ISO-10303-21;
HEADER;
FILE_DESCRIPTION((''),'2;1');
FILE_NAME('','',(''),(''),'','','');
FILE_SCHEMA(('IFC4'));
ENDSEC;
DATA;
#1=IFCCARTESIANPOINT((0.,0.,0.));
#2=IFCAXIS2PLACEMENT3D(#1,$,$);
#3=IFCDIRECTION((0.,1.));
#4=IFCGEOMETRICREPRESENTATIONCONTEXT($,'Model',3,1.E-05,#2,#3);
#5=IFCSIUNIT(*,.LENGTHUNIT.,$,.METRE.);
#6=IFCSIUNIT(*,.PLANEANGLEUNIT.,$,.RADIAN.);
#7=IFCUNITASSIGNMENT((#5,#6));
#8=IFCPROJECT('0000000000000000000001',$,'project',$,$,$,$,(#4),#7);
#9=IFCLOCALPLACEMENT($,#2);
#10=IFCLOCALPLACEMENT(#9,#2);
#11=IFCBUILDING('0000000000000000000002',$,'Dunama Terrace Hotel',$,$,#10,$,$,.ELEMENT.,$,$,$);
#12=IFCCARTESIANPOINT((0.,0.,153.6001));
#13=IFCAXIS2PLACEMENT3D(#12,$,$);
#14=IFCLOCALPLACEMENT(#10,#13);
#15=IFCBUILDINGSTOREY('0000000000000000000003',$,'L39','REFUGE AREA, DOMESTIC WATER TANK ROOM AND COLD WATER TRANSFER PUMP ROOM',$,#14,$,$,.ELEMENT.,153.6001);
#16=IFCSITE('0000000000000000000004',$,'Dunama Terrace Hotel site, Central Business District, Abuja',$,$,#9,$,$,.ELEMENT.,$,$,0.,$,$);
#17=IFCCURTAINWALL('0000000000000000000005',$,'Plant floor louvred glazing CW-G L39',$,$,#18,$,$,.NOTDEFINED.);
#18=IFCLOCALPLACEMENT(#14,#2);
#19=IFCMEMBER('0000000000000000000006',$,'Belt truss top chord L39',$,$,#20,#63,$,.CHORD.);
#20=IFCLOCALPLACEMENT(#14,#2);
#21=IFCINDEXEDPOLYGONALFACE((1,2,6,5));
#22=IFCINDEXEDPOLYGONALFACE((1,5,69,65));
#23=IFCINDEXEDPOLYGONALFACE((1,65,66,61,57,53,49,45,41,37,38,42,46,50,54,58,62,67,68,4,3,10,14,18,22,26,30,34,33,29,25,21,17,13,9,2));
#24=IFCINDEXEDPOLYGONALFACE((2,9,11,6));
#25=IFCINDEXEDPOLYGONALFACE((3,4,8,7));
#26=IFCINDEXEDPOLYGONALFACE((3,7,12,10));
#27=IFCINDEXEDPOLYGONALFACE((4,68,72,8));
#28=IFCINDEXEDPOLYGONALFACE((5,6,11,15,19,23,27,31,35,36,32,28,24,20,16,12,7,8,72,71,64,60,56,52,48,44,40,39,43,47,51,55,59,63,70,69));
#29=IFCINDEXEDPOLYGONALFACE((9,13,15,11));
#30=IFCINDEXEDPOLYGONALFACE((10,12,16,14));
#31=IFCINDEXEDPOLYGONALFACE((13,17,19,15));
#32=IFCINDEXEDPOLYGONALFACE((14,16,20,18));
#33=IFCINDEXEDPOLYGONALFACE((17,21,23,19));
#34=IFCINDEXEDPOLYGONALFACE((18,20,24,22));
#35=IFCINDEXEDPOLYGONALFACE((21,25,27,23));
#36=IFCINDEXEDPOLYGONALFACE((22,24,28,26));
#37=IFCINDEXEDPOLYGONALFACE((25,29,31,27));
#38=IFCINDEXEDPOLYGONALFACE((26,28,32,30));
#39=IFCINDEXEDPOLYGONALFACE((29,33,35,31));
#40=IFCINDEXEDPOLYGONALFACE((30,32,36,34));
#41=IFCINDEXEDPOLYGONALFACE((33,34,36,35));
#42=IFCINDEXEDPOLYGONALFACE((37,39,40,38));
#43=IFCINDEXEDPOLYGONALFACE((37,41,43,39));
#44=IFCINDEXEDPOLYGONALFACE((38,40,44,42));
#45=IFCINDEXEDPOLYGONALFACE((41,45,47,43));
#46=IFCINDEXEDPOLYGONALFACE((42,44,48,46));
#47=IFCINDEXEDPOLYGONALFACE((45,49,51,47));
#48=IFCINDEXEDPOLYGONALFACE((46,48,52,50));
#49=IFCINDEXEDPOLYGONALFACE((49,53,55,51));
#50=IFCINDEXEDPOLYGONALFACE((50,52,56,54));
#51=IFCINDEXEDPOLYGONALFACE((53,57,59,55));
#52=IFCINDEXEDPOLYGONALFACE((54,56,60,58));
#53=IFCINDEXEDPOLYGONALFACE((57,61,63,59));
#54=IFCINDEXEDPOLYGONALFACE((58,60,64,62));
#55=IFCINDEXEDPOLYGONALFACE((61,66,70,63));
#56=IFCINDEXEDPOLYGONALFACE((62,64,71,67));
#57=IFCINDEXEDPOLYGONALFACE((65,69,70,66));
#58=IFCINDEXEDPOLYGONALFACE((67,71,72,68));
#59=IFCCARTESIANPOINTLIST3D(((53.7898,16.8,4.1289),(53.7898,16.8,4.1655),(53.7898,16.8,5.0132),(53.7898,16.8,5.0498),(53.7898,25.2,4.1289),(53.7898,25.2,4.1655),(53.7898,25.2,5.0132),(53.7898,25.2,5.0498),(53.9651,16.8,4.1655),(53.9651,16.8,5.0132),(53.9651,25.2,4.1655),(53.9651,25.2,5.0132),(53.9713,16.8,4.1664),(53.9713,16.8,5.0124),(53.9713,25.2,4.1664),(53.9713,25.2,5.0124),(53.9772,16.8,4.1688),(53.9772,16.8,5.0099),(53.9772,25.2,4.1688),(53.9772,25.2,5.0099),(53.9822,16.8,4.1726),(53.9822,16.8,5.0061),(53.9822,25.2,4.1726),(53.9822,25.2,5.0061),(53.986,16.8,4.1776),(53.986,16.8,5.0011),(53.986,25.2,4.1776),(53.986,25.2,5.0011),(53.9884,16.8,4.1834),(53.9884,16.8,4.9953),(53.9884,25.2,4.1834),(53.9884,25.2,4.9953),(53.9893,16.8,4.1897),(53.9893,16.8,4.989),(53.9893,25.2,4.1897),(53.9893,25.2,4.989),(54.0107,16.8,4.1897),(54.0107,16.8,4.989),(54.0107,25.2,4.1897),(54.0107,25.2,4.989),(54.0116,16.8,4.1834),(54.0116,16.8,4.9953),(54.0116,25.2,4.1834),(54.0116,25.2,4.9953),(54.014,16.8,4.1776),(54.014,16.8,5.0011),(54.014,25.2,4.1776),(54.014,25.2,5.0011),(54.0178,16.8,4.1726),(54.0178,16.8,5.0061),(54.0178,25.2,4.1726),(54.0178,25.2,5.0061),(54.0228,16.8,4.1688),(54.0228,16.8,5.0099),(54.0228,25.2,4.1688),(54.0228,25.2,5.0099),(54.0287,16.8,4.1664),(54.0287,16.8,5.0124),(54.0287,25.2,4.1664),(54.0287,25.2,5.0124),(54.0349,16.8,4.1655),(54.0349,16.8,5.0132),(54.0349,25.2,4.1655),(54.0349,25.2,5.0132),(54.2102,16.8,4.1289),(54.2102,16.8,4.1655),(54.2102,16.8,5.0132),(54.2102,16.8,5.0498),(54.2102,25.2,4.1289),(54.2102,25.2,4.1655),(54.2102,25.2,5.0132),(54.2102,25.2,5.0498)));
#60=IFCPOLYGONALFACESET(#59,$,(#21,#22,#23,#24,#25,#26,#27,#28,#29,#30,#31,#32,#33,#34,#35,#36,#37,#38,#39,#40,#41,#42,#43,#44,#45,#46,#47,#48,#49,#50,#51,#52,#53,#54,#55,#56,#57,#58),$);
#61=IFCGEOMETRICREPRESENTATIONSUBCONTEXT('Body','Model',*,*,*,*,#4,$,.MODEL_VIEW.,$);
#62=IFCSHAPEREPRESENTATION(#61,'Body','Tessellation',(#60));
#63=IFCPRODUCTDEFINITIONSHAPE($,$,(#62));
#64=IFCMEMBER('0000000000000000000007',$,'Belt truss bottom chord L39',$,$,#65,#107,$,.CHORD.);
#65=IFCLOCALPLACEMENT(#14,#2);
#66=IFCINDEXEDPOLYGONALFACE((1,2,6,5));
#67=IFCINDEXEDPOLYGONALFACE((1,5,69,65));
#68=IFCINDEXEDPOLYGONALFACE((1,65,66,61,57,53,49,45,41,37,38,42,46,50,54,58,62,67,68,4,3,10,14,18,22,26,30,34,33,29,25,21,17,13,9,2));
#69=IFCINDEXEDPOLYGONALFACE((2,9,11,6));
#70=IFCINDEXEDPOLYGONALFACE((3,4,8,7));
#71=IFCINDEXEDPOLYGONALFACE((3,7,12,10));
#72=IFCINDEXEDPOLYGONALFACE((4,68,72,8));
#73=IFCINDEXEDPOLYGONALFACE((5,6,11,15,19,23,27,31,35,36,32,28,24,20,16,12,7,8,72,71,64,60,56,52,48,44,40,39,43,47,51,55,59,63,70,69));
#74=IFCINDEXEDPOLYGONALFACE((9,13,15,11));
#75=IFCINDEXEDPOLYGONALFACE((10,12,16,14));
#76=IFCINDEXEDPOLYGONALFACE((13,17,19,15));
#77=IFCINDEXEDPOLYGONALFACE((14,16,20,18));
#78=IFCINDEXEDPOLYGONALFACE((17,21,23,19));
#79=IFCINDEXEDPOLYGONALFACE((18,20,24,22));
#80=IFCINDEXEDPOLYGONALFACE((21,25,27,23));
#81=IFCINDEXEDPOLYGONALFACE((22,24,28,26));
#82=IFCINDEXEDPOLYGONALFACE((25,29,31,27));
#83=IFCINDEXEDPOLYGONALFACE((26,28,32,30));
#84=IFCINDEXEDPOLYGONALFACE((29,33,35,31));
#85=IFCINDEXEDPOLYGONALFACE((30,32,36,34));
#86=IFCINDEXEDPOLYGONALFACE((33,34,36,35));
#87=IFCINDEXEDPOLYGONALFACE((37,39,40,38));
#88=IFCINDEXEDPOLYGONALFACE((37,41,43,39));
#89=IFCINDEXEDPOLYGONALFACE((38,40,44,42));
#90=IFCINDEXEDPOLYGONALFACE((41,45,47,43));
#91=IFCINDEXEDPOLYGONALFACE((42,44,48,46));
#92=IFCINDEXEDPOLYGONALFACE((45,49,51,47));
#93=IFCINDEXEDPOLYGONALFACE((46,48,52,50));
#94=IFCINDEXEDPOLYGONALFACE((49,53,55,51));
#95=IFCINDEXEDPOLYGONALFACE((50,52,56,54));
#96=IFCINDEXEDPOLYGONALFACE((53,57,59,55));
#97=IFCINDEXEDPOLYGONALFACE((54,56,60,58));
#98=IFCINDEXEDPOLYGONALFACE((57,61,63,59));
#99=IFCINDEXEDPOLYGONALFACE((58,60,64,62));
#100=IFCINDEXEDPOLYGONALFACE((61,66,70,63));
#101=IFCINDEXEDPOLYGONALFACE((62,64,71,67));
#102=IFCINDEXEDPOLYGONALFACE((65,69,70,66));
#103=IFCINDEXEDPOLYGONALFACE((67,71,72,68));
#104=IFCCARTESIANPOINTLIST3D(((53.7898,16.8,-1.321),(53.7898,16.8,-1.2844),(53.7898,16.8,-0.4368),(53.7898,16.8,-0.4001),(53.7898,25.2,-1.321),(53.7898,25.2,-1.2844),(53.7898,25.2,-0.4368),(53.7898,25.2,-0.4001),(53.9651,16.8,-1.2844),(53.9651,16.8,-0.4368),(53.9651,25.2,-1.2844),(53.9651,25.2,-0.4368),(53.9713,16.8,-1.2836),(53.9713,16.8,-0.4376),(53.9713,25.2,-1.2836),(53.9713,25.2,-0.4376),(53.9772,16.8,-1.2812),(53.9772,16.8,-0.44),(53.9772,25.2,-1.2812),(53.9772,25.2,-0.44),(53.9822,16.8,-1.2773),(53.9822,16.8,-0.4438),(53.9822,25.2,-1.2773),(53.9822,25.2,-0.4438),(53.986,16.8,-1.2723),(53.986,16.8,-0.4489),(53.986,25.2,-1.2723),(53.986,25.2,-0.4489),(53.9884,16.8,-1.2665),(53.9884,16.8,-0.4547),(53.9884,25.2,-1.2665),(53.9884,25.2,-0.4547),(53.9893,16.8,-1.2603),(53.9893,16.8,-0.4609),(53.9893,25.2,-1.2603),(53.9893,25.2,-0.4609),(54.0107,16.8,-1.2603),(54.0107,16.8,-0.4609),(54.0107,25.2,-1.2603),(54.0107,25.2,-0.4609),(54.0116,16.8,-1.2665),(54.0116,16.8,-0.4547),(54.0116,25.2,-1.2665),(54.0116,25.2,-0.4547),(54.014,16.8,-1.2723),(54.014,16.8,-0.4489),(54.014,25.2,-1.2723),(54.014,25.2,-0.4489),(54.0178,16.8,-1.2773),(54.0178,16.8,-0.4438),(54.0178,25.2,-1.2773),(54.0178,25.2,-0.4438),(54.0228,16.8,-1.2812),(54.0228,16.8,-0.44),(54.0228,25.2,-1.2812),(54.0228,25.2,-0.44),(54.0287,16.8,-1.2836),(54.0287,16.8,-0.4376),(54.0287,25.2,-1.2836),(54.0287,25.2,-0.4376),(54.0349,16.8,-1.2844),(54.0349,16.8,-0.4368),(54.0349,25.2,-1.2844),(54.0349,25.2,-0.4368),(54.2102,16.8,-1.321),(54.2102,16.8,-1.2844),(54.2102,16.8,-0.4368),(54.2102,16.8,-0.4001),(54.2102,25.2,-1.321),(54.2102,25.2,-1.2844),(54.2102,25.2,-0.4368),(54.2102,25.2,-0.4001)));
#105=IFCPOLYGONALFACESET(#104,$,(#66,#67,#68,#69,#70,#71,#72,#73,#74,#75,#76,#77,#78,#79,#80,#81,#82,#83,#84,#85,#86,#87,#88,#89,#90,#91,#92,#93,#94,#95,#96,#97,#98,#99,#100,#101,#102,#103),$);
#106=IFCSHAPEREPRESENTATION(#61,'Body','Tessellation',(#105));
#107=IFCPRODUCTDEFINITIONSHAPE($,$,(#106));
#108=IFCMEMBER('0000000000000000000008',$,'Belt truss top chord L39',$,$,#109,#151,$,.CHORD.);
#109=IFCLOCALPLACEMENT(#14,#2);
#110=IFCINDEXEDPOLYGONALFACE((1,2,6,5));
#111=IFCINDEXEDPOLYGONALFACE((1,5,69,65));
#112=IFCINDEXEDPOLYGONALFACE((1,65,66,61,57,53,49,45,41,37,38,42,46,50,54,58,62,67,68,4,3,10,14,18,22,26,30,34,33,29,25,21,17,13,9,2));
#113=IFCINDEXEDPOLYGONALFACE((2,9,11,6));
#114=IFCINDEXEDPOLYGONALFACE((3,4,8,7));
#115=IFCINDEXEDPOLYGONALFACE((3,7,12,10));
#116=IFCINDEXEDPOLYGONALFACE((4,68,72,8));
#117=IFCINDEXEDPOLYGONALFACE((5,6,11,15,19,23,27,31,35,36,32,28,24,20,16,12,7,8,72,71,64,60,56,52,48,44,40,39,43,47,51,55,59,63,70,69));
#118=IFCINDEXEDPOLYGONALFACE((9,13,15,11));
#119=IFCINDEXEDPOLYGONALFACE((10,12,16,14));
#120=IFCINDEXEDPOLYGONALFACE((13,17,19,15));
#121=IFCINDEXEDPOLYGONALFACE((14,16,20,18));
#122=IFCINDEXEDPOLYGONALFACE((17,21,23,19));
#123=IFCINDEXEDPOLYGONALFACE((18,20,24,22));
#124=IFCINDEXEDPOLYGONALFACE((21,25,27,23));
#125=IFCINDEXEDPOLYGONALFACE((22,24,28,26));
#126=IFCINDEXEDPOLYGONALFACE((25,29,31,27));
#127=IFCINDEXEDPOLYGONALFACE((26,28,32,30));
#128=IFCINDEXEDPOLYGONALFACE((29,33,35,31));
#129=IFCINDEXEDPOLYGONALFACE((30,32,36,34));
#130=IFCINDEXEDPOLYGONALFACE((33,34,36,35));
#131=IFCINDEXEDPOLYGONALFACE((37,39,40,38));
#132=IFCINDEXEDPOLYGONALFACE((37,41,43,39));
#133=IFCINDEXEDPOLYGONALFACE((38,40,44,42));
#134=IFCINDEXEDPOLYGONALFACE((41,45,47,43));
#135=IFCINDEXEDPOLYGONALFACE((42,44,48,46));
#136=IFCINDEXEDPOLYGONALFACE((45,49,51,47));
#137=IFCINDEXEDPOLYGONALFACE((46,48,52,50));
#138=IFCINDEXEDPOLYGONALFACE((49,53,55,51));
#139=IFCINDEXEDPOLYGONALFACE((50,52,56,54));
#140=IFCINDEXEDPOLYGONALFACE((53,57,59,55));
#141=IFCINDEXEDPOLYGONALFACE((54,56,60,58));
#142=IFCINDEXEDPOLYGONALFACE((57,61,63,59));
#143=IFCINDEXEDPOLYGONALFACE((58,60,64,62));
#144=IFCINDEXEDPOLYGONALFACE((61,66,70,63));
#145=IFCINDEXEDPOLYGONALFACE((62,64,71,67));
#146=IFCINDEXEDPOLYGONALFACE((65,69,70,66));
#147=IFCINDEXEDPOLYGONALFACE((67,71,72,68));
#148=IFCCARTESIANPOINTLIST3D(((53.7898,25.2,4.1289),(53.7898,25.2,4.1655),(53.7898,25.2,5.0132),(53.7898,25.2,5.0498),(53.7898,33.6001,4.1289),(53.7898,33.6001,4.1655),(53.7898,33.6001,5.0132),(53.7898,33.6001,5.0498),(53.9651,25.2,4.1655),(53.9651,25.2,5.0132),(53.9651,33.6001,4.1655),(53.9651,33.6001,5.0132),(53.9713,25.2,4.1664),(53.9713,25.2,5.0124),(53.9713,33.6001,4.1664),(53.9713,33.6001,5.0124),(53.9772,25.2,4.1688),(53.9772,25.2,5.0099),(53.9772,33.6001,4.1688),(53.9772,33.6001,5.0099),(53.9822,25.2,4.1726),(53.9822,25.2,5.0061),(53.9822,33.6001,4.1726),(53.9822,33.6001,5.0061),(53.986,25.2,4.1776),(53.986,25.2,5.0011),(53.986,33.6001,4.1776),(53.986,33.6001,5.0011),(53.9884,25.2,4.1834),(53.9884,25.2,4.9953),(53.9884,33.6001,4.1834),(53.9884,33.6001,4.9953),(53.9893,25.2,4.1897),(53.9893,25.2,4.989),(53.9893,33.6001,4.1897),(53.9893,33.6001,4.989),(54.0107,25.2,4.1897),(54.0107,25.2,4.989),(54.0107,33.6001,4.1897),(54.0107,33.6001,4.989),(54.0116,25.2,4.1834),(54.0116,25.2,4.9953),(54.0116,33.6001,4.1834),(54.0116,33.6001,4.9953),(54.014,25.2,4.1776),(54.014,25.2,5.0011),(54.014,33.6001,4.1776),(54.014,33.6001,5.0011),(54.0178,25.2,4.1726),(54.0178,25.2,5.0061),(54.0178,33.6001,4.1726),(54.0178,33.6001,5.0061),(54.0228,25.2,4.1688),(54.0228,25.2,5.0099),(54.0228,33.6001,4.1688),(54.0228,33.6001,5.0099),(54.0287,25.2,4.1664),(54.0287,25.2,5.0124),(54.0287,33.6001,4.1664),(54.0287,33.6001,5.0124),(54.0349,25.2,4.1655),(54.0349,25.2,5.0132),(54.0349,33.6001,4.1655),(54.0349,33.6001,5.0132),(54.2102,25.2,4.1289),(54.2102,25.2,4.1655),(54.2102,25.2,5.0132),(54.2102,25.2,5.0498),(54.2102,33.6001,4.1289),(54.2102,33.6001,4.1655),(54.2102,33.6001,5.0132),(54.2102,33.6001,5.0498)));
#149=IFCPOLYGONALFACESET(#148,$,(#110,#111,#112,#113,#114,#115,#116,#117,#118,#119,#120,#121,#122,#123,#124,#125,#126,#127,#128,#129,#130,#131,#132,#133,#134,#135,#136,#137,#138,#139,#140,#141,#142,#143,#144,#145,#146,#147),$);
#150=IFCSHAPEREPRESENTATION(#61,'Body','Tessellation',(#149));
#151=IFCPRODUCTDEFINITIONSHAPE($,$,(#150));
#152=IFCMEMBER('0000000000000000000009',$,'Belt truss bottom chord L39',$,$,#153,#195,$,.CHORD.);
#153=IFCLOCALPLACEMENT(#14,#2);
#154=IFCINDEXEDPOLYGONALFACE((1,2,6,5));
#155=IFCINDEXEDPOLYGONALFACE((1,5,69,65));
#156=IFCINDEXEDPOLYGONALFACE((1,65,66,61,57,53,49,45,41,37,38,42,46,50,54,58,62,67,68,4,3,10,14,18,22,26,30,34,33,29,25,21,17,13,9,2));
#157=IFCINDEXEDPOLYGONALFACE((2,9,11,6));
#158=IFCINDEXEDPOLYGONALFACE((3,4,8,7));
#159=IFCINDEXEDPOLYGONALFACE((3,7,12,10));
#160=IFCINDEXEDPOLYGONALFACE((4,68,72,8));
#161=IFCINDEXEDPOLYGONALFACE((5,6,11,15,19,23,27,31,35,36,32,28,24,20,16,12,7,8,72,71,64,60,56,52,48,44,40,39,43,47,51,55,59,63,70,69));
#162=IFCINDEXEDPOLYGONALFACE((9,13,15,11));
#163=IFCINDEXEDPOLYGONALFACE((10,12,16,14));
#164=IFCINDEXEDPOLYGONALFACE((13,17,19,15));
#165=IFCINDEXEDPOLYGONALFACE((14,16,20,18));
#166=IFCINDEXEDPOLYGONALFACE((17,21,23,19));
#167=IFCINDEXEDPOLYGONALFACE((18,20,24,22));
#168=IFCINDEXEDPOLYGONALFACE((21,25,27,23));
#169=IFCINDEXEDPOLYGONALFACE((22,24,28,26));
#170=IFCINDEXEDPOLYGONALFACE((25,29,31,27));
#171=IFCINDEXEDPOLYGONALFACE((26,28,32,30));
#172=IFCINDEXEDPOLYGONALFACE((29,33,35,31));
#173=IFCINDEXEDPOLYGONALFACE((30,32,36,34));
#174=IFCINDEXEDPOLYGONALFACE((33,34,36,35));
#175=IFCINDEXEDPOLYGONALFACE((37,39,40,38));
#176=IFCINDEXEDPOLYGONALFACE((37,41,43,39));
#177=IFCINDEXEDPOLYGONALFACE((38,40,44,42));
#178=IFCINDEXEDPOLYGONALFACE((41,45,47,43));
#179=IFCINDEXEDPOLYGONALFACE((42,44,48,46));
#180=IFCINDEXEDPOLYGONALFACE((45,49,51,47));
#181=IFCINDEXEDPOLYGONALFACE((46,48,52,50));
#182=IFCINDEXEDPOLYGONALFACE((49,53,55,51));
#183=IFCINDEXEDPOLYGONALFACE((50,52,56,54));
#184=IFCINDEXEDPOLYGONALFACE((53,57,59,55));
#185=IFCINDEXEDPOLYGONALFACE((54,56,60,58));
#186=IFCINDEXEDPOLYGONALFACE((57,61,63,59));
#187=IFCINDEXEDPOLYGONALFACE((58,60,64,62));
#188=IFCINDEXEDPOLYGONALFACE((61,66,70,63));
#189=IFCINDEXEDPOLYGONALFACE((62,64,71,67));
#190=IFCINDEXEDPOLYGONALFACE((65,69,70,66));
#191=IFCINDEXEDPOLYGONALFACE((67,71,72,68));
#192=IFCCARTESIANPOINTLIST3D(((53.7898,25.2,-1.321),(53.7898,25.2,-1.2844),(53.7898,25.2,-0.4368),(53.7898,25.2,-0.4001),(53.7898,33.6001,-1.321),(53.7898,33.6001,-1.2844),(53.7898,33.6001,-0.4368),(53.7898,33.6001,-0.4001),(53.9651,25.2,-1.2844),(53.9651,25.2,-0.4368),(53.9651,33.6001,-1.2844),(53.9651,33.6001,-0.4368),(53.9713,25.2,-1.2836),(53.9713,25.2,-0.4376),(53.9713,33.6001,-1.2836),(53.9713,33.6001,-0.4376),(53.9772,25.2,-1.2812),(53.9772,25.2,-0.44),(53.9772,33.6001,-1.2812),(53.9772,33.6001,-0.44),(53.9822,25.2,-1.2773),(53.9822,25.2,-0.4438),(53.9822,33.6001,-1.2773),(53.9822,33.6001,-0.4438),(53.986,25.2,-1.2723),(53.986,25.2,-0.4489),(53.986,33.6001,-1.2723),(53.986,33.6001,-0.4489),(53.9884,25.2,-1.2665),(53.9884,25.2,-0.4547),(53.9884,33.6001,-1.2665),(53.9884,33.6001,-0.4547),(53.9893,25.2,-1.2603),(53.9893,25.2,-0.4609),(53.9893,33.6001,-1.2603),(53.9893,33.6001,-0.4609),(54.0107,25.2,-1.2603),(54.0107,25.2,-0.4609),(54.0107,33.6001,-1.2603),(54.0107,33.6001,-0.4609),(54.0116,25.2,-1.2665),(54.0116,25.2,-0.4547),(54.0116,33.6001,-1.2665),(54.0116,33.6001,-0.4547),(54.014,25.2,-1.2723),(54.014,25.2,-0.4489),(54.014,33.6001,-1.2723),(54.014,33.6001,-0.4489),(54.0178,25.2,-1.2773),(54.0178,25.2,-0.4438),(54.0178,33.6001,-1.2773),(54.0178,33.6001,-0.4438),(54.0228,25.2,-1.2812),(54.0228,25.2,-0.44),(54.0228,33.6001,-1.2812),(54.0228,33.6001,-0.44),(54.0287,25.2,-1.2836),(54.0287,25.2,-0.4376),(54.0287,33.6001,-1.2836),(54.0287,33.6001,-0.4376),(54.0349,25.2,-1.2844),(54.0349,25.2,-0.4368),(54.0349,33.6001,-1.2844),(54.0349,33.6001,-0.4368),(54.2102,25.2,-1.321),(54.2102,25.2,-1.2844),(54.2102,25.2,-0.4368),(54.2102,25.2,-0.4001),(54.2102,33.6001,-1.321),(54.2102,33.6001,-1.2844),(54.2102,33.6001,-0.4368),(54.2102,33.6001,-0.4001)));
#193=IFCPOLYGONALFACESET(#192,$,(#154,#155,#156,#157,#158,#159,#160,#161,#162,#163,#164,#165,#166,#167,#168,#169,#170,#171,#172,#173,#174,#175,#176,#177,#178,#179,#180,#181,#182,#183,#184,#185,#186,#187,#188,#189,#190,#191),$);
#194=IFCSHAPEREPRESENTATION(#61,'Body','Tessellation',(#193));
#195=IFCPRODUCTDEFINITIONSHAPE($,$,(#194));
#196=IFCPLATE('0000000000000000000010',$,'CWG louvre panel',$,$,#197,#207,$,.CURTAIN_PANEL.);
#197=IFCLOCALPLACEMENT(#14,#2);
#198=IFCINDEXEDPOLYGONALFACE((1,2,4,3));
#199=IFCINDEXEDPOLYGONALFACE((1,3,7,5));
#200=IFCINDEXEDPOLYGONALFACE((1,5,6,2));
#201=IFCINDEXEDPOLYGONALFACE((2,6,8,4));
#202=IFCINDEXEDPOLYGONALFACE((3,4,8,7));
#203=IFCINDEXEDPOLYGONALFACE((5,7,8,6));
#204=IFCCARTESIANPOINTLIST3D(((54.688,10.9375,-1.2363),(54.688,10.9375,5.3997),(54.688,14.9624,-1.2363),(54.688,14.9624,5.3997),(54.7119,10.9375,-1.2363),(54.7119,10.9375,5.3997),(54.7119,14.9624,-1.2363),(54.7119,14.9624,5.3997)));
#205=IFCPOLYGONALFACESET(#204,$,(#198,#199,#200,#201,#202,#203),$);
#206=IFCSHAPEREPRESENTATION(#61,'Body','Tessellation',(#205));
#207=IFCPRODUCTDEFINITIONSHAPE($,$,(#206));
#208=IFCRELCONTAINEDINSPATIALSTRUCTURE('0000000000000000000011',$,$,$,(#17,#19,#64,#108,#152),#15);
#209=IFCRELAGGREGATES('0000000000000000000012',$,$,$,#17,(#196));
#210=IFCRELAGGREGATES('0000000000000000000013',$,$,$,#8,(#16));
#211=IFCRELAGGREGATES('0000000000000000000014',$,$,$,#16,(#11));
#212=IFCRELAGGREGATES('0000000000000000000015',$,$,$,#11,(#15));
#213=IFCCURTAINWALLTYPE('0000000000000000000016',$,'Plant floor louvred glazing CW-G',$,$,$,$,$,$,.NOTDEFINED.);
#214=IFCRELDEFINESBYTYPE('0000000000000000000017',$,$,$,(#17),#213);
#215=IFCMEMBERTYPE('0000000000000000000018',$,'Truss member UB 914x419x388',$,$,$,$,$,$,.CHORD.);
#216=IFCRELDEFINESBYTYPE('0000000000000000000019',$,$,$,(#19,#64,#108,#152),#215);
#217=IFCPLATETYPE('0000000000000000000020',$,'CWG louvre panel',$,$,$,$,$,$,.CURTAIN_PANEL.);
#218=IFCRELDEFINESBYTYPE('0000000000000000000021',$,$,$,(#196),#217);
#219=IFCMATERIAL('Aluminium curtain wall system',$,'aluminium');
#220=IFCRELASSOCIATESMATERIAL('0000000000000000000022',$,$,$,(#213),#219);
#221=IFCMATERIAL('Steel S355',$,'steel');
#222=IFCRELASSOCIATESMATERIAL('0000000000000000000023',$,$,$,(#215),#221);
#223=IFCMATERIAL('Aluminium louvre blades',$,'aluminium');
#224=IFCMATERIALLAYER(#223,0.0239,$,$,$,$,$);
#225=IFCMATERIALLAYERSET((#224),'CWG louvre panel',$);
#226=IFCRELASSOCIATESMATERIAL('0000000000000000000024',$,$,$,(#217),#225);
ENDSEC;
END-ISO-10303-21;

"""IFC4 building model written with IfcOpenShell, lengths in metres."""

from ifc_helpers import new_model, si_unit, direction, frame, origin, origin_2d, place, context, subcontext, project, spatial, rectangle, i_section, extrude, material, layer, layer_set, material_profile, profile_set, type_object, element, aggregate, save


model = new_model("IFC4")

# Units and contexts
model_context = context("Model", 3, precision=1e-05, world=origin(), true_north=direction((0.0, 1.0)))
body_context = subcontext(model_context, "Body", "Model", "MODEL_VIEW")
ifc_project = project(units=[si_unit("LENGTHUNIT", "METRE"), si_unit("PLANEANGLEUNIT", "RADIAN")], contexts=[model_context])

# Site, building, storey
site_placement = place(None, origin())
site = spatial("IfcSite", under=ifc_project, at=site_placement, Name="Dunama Terrace Hotel site, Central Business District, Abuja", CompositionType="ELEMENT", RefElevation=0.0)
building_placement = place(site_placement, origin())
building = spatial("IfcBuilding", under=site, at=building_placement, Name="Dunama Terrace Hotel", CompositionType="ELEMENT")
storey_placement = place(building_placement, frame((0.0, 0.0, 153.6001)))
storey = spatial("IfcBuildingStorey", under=building, at=storey_placement, Name="L39", Description="REFUGE AREA, DOMESTIC WATER TANK ROOM AND COLD WATER TRANSFER PUMP ROOM", CompositionType="ELEMENT", Elevation=153.6001)

# Curtain wall
ifc_material_1 = material(Name="Aluminium curtain wall system", Category="aluminium")
curtain_wall_type = type_object("IfcCurtainWallType", Name="Plant floor louvred glazing CW-G", PredefinedType="NOTDEFINED", material=ifc_material_1)
curtain_wall_placement = place(storey_placement, origin())
curtain_wall = element("IfcCurtainWall", 1, at=curtain_wall_placement, inside=storey, type_object=curtain_wall_type, Name="Plant floor louvred glazing CW-G L39", PredefinedType="NOTDEFINED")

# Members
ifc_material_2 = material(Name="Steel S355", Category="steel")
ifc_material_profile_1 = material_profile(ifc_material_2, i_section(OverallWidth=0.4204, OverallDepth=0.9209, WebThickness=0.0215, FlangeThickness=0.0366, FilletRadius=0.0242, at=origin_2d()), Name="UB 914x419x388")
ifc_profile_set_1 = profile_set([ifc_material_profile_1], Name="Steel S355")
member_type_1 = type_object("IfcMemberType", Name="Truss member UB 914x419x388", PredefinedType="CHORD", material=ifc_profile_set_1)
for number, where, z_axis, x_axis, name in (
    (2, (54.0, 16.8, 4.5894), (0.0, 1.0, 0.0), (-1.0, 0.0, 0.0), "Belt truss top chord L39"),
    (3, (54.0, 16.8, -0.8606), (0.0, 1.0, 0.0), (-1.0, 0.0, 0.0), "Belt truss bottom chord L39"),
):
    element("IfcMember", number, at=place(storey_placement, frame(where, z_axis=z_axis, x_axis=x_axis)), inside=storey, type_object=member_type_1, Name=name, PredefinedType="CHORD", context=body_context, shape_type="SweptSolid", body=[
        extrude(i_section(OverallWidth=0.4204, OverallDepth=0.9209, WebThickness=0.0215, FlangeThickness=0.0366, FilletRadius=0.0242, at=origin_2d()), origin(), (0.0, 0.0, 1.0), 8.3999),
    ])
for number, where, z_axis, x_axis, name in (
    (4, (54.0, 25.2, 4.5894), (0.0, 1.0, 0.0), (-1.0, 0.0, 0.0), "Belt truss top chord L39"),
    (5, (54.0, 25.2, -0.8606), (0.0, 1.0, 0.0), (-1.0, 0.0, 0.0), "Belt truss bottom chord L39"),
):
    element("IfcMember", number, at=place(storey_placement, frame(where, z_axis=z_axis, x_axis=x_axis)), inside=storey, type_object=member_type_1, Name=name, PredefinedType="CHORD", context=body_context, shape_type="SweptSolid", body=[
        extrude(i_section(OverallWidth=0.4204, OverallDepth=0.9209, WebThickness=0.0215, FlangeThickness=0.0366, FilletRadius=0.0242, at=origin_2d()), origin(), (0.0, 0.0, 1.0), 8.4001),
    ])

# Plate
ifc_material_3 = material(Name="Aluminium louvre blades", Category="aluminium")
ifc_layer = layer(ifc_material_3, 0.0239)
ifc_layer_set = layer_set([ifc_layer], Name="CWG louvre panel")
plate_type = type_object("IfcPlateType", Name="CWG louvre panel", PredefinedType="CURTAIN_PANEL", material=ifc_layer_set)
plate_1_placement = place(storey_placement, frame((54.7, 12.95, -1.2363), z_axis=(0.0, 0.0, 1.0), x_axis=(0.0, 1.0, 0.0)))
plate_1 = element("IfcPlate", 6, at=plate_1_placement, type_object=plate_type, Name="CWG louvre panel", PredefinedType="CURTAIN_PANEL", context=body_context, shape_type="SweptSolid", body=[
    extrude(rectangle(XDim=4.0249, YDim=0.0239, at=origin_2d()), origin(), (0.0, 0.0, 1.0), 6.636),
])
aggregate(curtain_wall, [plate_1])

save(model, "model.ifc")
